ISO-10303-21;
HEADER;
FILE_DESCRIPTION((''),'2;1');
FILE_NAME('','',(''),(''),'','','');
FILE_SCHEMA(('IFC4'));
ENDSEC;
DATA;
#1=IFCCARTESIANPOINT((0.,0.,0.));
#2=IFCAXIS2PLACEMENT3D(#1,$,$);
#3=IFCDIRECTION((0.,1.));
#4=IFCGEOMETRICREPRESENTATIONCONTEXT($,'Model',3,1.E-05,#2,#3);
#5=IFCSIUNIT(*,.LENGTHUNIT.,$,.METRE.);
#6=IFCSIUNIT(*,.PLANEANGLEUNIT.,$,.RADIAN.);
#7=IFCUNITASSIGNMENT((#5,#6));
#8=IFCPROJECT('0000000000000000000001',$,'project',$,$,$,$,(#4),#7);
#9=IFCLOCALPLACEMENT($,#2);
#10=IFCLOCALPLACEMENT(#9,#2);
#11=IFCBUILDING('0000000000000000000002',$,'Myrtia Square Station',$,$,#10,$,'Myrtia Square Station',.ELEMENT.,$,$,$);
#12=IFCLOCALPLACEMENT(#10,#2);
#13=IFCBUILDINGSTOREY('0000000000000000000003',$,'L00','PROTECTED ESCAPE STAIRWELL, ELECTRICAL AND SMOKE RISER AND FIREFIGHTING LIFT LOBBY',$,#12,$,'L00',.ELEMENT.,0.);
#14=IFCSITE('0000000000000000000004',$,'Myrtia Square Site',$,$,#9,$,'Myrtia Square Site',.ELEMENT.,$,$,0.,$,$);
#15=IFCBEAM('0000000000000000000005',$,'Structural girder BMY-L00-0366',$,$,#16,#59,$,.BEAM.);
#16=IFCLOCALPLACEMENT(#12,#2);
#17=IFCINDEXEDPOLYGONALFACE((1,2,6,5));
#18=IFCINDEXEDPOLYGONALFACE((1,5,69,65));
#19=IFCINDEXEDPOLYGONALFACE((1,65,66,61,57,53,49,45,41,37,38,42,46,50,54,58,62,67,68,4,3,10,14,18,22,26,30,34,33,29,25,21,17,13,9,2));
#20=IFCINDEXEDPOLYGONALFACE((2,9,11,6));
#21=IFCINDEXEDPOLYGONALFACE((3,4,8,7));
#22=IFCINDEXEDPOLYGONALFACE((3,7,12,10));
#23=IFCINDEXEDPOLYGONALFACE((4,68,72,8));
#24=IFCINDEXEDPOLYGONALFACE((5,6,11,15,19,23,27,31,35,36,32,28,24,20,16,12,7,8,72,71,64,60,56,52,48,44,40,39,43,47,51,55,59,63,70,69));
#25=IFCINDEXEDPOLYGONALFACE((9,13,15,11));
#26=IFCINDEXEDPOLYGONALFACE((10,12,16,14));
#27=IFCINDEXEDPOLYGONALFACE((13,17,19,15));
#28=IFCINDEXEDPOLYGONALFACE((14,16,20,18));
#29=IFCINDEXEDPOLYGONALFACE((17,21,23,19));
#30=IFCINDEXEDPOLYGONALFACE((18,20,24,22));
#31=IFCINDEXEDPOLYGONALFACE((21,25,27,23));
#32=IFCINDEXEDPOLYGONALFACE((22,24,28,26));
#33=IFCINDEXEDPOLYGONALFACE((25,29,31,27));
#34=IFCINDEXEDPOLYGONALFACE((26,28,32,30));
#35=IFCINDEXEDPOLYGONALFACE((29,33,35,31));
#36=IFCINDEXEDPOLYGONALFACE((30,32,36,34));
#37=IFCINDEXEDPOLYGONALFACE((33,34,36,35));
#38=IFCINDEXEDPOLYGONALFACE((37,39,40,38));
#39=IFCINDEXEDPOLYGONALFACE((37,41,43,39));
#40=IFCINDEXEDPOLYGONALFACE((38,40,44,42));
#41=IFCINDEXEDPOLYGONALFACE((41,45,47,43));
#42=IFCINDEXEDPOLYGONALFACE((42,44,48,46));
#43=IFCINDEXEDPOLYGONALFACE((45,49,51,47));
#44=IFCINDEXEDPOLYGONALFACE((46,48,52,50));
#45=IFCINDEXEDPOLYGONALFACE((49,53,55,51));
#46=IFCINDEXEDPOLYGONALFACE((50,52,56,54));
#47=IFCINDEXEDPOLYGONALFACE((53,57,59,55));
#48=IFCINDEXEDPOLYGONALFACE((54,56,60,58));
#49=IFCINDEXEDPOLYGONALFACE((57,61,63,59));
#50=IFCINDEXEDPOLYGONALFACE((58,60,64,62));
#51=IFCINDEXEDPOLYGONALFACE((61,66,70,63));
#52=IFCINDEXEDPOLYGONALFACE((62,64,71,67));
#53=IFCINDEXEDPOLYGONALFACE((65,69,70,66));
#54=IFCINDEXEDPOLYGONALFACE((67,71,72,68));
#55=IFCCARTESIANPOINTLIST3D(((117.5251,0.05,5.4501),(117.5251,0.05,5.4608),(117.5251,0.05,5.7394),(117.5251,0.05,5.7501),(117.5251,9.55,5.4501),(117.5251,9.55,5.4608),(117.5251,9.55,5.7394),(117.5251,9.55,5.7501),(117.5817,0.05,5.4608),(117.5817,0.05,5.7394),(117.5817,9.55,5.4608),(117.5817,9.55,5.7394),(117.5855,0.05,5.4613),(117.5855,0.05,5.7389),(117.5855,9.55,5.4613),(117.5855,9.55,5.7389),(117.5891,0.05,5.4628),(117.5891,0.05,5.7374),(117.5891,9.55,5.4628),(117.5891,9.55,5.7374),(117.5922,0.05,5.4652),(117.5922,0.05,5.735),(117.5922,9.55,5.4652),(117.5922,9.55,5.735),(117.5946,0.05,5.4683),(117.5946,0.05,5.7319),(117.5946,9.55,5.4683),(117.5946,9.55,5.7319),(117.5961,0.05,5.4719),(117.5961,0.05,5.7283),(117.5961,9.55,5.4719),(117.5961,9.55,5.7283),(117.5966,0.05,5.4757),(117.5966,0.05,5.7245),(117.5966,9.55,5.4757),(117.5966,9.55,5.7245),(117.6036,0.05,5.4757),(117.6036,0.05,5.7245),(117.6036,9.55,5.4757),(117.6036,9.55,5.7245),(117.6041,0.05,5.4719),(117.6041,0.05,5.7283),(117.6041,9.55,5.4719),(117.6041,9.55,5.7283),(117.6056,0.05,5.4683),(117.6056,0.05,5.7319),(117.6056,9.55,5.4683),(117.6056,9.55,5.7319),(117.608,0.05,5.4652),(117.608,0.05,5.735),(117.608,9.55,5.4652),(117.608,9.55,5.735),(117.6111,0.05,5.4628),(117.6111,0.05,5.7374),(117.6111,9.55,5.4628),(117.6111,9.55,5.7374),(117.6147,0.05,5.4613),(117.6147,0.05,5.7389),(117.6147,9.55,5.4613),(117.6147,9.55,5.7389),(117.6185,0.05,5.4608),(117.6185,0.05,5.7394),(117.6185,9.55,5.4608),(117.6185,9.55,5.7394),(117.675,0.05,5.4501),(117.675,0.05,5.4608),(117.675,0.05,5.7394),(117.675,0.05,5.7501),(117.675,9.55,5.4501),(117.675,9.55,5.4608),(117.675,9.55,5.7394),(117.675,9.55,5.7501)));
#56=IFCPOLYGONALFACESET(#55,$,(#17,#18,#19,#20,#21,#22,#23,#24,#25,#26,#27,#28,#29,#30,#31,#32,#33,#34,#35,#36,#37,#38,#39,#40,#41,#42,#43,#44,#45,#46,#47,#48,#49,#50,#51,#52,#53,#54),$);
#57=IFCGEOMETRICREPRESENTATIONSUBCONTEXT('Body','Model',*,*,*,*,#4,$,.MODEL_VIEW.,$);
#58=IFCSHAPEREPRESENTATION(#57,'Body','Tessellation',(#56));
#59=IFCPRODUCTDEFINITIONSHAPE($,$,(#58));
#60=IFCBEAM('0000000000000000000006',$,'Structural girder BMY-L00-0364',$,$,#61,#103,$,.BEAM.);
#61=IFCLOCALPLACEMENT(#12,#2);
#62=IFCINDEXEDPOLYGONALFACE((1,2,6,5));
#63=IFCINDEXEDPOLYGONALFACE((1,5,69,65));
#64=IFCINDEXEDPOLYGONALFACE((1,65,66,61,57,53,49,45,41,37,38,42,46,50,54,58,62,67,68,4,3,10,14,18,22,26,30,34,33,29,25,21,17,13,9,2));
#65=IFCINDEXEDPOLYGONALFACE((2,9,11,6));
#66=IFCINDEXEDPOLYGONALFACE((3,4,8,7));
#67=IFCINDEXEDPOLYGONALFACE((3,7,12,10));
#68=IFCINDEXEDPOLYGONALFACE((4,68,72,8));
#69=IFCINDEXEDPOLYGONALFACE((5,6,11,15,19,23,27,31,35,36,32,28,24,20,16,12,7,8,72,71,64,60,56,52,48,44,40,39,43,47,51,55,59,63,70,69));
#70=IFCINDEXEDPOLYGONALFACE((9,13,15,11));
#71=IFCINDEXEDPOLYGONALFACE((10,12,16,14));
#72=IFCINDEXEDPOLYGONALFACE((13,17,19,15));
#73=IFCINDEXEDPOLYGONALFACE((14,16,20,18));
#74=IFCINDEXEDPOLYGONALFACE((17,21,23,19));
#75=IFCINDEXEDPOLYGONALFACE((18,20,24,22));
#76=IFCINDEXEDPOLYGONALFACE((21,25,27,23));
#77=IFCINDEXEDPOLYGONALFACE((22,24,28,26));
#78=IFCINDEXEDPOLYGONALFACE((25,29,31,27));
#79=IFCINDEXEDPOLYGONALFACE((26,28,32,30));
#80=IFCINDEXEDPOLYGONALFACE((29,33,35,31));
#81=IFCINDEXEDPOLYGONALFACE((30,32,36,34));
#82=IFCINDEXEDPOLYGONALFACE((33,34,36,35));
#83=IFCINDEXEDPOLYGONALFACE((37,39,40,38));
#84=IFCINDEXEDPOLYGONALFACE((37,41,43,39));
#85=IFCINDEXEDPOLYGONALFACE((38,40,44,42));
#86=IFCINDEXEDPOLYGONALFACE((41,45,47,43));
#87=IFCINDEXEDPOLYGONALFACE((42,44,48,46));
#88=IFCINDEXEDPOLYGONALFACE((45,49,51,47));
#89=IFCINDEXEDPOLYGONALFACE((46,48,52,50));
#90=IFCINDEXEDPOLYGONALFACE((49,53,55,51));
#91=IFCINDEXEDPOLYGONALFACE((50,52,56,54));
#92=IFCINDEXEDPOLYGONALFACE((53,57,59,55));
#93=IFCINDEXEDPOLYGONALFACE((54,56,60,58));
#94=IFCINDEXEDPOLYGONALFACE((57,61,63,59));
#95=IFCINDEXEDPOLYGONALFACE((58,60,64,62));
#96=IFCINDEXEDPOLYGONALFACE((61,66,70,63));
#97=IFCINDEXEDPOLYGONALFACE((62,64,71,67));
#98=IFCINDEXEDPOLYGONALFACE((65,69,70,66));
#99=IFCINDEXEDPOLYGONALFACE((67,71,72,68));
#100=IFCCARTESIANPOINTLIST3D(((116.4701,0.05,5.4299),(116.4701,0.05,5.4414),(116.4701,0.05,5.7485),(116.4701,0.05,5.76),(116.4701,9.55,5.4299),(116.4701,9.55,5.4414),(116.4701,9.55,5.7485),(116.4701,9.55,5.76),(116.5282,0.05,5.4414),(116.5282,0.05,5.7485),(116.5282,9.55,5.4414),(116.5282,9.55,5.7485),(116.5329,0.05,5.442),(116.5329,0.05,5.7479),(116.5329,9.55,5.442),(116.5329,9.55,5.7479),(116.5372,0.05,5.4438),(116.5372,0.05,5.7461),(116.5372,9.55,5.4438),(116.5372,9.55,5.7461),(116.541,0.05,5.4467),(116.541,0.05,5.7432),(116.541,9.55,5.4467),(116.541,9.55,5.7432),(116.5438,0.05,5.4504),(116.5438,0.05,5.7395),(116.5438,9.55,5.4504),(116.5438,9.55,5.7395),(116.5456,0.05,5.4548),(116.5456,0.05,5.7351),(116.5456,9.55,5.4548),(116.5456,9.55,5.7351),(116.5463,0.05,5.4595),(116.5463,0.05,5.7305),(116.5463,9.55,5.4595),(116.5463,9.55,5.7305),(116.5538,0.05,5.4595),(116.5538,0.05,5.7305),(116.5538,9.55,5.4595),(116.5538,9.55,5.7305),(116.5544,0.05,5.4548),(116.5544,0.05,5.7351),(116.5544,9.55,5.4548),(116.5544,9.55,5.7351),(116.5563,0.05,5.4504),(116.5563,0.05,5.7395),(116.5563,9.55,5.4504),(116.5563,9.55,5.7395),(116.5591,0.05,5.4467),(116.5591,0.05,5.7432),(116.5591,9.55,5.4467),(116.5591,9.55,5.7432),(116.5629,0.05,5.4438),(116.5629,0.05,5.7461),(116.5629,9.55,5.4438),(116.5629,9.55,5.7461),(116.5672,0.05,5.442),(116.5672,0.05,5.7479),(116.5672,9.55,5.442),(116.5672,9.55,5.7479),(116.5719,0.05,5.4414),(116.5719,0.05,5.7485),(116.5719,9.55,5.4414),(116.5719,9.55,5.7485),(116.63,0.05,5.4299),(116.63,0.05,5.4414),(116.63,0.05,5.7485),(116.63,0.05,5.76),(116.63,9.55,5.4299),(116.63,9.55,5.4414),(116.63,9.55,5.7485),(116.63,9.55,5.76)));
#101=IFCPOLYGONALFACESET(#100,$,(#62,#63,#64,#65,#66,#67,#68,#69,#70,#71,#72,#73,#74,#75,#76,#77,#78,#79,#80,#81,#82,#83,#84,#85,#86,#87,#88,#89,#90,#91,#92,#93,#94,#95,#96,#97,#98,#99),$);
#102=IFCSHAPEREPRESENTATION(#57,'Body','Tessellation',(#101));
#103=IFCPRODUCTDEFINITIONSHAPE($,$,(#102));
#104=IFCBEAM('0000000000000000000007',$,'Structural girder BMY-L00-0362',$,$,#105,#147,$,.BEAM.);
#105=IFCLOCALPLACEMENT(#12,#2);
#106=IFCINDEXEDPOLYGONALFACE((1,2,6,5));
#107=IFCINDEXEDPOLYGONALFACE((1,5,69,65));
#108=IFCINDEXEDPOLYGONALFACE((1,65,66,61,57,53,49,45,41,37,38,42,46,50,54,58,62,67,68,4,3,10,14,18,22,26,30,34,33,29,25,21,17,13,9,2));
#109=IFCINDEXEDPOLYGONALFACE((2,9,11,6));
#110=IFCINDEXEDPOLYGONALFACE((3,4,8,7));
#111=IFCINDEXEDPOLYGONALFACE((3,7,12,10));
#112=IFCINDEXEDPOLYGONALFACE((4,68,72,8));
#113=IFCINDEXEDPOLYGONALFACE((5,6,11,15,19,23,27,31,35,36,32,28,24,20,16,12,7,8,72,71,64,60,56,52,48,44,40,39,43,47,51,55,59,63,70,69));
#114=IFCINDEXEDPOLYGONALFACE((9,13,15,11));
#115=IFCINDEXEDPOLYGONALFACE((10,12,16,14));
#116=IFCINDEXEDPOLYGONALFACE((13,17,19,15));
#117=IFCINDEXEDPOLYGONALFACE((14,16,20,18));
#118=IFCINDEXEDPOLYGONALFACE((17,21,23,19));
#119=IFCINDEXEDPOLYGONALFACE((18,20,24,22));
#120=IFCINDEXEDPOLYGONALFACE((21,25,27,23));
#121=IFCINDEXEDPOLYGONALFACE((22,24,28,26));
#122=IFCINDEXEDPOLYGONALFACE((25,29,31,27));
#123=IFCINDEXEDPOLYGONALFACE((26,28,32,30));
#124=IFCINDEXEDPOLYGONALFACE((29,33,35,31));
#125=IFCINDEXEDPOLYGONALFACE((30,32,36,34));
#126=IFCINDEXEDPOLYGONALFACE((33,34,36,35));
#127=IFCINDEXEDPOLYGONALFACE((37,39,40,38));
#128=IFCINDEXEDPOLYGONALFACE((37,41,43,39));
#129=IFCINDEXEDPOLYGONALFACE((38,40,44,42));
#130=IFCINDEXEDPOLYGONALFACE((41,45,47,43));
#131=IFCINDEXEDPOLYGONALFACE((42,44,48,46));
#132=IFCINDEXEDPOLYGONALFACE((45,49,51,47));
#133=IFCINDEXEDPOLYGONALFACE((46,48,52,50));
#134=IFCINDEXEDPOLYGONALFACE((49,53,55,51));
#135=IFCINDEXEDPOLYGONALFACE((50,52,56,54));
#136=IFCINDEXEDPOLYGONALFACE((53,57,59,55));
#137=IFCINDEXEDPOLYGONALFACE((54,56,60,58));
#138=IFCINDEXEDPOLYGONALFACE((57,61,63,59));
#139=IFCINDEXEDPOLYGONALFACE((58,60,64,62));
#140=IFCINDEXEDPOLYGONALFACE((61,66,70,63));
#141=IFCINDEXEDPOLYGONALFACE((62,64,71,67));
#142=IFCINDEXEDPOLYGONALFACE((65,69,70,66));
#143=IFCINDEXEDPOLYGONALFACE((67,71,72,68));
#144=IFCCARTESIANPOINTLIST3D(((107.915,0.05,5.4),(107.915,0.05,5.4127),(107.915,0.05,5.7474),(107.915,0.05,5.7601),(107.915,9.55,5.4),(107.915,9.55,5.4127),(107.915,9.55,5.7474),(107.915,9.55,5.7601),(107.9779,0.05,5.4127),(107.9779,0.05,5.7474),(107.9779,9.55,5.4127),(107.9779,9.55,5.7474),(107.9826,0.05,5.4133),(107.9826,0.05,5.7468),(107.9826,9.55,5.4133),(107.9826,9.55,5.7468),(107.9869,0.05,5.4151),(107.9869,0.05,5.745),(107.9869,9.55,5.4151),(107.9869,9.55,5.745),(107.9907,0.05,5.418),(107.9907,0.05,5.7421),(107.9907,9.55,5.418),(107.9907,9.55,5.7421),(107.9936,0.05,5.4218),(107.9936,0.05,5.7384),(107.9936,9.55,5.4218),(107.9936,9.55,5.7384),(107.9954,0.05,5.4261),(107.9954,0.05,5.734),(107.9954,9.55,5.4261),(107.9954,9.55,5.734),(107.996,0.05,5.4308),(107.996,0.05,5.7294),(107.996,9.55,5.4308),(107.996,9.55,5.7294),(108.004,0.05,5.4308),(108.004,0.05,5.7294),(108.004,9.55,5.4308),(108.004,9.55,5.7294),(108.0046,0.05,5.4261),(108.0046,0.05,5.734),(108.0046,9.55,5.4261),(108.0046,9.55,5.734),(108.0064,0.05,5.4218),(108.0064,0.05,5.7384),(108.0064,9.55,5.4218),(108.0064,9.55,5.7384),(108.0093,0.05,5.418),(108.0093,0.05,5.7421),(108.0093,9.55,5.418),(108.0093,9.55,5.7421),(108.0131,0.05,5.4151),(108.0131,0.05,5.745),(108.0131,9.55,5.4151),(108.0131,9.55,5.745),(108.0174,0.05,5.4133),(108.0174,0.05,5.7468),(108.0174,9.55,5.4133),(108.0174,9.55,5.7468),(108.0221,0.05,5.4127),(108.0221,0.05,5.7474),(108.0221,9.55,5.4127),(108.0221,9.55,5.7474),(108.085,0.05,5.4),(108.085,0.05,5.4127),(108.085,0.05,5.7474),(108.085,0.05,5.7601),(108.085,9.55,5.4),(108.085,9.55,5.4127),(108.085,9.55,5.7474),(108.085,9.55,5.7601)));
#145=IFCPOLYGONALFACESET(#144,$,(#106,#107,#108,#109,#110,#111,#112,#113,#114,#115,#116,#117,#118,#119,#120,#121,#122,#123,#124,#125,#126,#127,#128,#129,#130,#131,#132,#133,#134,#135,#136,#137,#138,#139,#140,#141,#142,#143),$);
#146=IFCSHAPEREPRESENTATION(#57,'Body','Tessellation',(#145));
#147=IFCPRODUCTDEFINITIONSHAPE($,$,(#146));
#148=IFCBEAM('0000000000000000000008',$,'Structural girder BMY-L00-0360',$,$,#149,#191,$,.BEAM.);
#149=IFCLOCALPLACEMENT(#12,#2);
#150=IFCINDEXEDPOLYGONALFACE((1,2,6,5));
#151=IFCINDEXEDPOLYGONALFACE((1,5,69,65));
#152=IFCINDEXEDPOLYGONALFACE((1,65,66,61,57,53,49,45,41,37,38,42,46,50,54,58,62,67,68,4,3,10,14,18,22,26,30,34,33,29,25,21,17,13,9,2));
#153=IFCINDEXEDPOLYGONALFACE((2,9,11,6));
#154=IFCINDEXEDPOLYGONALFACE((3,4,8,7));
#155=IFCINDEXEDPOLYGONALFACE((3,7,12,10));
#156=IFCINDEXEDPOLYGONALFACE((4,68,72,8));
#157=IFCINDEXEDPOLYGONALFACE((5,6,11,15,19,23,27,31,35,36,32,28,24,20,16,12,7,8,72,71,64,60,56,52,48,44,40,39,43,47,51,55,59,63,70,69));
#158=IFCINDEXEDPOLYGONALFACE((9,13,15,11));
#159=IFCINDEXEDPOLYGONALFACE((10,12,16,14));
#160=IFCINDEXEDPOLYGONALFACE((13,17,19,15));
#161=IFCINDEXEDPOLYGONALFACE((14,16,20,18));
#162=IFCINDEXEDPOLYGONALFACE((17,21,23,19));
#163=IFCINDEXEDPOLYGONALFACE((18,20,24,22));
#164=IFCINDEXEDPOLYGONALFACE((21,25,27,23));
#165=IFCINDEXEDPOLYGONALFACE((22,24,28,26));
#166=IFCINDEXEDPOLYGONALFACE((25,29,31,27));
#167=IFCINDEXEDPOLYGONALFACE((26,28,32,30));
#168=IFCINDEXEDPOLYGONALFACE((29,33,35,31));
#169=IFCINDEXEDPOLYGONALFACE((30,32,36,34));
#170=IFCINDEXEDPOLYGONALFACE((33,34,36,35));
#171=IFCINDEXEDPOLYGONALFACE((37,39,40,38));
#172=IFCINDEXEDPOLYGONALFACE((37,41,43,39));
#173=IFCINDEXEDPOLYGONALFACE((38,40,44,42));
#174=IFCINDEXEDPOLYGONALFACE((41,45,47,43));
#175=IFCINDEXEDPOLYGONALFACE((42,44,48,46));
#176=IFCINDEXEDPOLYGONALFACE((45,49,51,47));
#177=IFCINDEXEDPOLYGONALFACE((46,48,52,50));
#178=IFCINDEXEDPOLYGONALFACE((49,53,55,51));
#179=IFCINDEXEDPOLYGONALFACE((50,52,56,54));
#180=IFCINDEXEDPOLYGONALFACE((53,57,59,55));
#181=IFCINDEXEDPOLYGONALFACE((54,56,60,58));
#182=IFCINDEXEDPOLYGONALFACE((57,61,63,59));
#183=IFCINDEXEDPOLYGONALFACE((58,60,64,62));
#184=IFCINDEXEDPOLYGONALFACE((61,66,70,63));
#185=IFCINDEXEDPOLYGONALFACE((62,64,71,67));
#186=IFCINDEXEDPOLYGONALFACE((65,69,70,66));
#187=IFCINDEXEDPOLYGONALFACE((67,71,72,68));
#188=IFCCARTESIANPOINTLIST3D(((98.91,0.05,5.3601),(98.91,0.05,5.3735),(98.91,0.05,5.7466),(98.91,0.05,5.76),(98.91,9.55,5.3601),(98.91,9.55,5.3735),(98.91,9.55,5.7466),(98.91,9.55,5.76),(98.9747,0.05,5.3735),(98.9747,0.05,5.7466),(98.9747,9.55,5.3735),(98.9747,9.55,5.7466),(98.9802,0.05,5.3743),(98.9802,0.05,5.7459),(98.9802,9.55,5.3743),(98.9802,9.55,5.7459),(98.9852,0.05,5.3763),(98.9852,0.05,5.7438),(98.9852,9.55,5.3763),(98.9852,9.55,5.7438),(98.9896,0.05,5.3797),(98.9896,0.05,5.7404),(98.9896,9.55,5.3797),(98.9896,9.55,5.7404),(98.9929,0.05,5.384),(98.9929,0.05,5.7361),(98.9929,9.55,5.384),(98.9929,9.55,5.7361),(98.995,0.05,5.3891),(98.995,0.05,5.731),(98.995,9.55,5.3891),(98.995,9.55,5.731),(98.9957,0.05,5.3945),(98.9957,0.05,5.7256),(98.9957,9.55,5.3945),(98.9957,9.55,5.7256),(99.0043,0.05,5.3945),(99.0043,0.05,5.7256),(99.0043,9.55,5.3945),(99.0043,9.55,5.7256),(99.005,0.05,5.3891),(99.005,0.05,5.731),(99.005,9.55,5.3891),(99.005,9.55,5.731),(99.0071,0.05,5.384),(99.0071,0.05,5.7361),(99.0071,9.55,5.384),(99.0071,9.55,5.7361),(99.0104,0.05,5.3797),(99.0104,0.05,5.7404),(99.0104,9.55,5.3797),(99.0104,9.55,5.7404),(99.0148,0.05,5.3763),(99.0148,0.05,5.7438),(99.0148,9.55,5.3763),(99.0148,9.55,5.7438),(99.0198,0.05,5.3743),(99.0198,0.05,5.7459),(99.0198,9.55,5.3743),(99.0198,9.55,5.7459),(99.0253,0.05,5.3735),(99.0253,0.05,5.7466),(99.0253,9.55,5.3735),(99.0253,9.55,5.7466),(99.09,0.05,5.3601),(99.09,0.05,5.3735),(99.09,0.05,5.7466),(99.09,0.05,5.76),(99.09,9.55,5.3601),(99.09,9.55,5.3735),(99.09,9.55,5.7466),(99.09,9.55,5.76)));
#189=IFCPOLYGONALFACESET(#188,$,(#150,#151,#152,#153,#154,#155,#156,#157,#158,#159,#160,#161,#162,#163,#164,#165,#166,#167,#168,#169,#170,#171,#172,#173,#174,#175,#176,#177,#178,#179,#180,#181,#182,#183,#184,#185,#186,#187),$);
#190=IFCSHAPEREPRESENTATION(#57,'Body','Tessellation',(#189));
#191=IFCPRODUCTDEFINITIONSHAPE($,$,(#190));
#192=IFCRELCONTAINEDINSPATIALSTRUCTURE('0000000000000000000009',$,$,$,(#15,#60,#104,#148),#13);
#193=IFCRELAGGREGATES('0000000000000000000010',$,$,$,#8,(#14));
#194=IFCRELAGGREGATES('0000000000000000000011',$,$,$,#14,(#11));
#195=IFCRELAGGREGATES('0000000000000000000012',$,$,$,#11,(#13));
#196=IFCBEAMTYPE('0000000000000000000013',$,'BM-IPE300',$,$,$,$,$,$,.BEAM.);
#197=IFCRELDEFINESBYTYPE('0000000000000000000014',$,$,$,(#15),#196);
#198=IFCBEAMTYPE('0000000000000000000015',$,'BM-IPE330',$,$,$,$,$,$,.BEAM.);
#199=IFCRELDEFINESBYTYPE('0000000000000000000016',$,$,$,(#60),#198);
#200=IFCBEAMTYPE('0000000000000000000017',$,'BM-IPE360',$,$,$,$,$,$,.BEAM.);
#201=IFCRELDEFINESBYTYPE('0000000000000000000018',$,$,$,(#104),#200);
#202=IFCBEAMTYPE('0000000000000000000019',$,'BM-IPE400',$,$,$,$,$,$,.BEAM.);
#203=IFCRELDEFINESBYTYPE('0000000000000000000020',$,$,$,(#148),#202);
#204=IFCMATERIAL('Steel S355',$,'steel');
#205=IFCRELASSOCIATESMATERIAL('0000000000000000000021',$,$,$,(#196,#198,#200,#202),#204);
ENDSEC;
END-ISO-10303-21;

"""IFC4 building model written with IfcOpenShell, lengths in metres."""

from ifc_helpers import new_model, si_unit, direction, frame, origin, origin_2d, place, context, subcontext, project, spatial, i_section, extrude, material, material_profile, profile_set, type_object, element, save


model = new_model("IFC4")

# Units and contexts
model_context = context("Model", 3, precision=1e-05, world=origin(), true_north=direction((0.0, 1.0)))
body_context = subcontext(model_context, "Body", "Model", "MODEL_VIEW")
ifc_project = project(units=[si_unit("LENGTHUNIT", "METRE"), si_unit("PLANEANGLEUNIT", "RADIAN")], contexts=[model_context])

# Site, building, storey
site_placement = place(None, origin())
site = spatial("IfcSite", under=ifc_project, at=site_placement, Name="Myrtia Square Site", LongName="Myrtia Square Site", CompositionType="ELEMENT", RefElevation=0.0)
building_placement = place(site_placement, origin())
building = spatial("IfcBuilding", under=site, at=building_placement, Name="Myrtia Square Station", LongName="Myrtia Square Station", CompositionType="ELEMENT")
storey_placement = place(building_placement, origin())
storey = spatial("IfcBuildingStorey", under=building, at=storey_placement, Name="L00", Description="PROTECTED ESCAPE STAIRWELL, ELECTRICAL AND SMOKE RISER AND FIREFIGHTING LIFT LOBBY", LongName="L00", CompositionType="ELEMENT", Elevation=0.0)

# Shared definitions
ifc_material_1 = material(Name="Steel S355", Category="steel")

# Beams
ifc_material_profile_1 = material_profile(ifc_material_1, i_section(OverallWidth=0.1499, OverallDepth=0.3, WebThickness=0.0071, FlangeThickness=0.0107, FilletRadius=0.0149, at=origin_2d()), Name="IPE 300")
ifc_profile_set_1 = profile_set([ifc_material_profile_1], Name="Steel S355")
beam_type_1 = type_object("IfcBeamType", Name="BM-IPE300", PredefinedType="BEAM", material=ifc_profile_set_1)
beam_1_placement = place(storey_placement, frame((117.6001, 0.05, 5.6001), z_axis=(0.0, 1.0, 0.0), x_axis=(-1.0, 0.0, 0.0)))
element("IfcBeam", 1, at=beam_1_placement, inside=storey, type_object=beam_type_1, Name="Structural girder BMY-L00-0366", PredefinedType="BEAM", context=body_context, shape_type="SweptSolid", body=[
    extrude(i_section(OverallWidth=0.1499, OverallDepth=0.3, WebThickness=0.0071, FlangeThickness=0.0107, FilletRadius=0.0149, at=origin_2d()), origin(), (0.0, 0.0, 1.0), 9.5),
])
ifc_material_profile_2 = material_profile(ifc_material_1, i_section(OverallWidth=0.1599, OverallDepth=0.3301, WebThickness=0.0076, FlangeThickness=0.0115, FilletRadius=0.0181, at=origin_2d()), Name="IPE 330")
ifc_profile_set_2 = profile_set([ifc_material_profile_2], Name="Steel S355")
beam_type_2 = type_object("IfcBeamType", Name="BM-IPE330", PredefinedType="BEAM", material=ifc_profile_set_2)
beam_2_placement = place(storey_placement, frame((116.55, 0.05, 5.595), z_axis=(0.0, 1.0, 0.0), x_axis=(-1.0, 0.0, 0.0)))
element("IfcBeam", 2, at=beam_2_placement, inside=storey, type_object=beam_type_2, Name="Structural girder BMY-L00-0364", PredefinedType="BEAM", context=body_context, shape_type="SweptSolid", body=[
    extrude(i_section(OverallWidth=0.1599, OverallDepth=0.3301, WebThickness=0.0076, FlangeThickness=0.0115, FilletRadius=0.0181, at=origin_2d()), origin(), (0.0, 0.0, 1.0), 9.5),
])
ifc_material_profile_3 = material_profile(ifc_material_1, i_section(OverallWidth=0.1699, OverallDepth=0.3601, WebThickness=0.0081, FlangeThickness=0.0127, FilletRadius=0.0181, at=origin_2d()), Name="IPE 360")
ifc_profile_set_3 = profile_set([ifc_material_profile_3], Name="Steel S355")
beam_type_3 = type_object("IfcBeamType", Name="BM-IPE360", PredefinedType="BEAM", material=ifc_profile_set_3)
beam_3_placement = place(storey_placement, frame((108.0, 0.05, 5.5801), z_axis=(0.0, 1.0, 0.0), x_axis=(-1.0, 0.0, 0.0)))
element("IfcBeam", 3, at=beam_3_placement, inside=storey, type_object=beam_type_3, Name="Structural girder BMY-L00-0362", PredefinedType="BEAM", context=body_context, shape_type="SweptSolid", body=[
    extrude(i_section(OverallWidth=0.1699, OverallDepth=0.3601, WebThickness=0.0081, FlangeThickness=0.0127, FilletRadius=0.0181, at=origin_2d()), origin(), (0.0, 0.0, 1.0), 9.5),
])
ifc_material_profile_4 = material_profile(ifc_material_1, i_section(OverallWidth=0.1799, OverallDepth=0.3999, WebThickness=0.0085, FlangeThickness=0.0134, FilletRadius=0.021, at=origin_2d()), Name="IPE 400")
ifc_profile_set_4 = profile_set([ifc_material_profile_4], Name="Steel S355")
beam_type_4 = type_object("IfcBeamType", Name="BM-IPE400", PredefinedType="BEAM", material=ifc_profile_set_4)
beam_4_placement = place(storey_placement, frame((99.0, 0.05, 5.5601), z_axis=(0.0, 1.0, 0.0), x_axis=(-1.0, 0.0, 0.0)))
element("IfcBeam", 4, at=beam_4_placement, inside=storey, type_object=beam_type_4, Name="Structural girder BMY-L00-0360", PredefinedType="BEAM", context=body_context, shape_type="SweptSolid", body=[
    extrude(i_section(OverallWidth=0.1799, OverallDepth=0.3999, WebThickness=0.0085, FlangeThickness=0.0134, FilletRadius=0.021, at=origin_2d()), origin(), (0.0, 0.0, 1.0), 9.5),
])

save(model, "model.ifc")
